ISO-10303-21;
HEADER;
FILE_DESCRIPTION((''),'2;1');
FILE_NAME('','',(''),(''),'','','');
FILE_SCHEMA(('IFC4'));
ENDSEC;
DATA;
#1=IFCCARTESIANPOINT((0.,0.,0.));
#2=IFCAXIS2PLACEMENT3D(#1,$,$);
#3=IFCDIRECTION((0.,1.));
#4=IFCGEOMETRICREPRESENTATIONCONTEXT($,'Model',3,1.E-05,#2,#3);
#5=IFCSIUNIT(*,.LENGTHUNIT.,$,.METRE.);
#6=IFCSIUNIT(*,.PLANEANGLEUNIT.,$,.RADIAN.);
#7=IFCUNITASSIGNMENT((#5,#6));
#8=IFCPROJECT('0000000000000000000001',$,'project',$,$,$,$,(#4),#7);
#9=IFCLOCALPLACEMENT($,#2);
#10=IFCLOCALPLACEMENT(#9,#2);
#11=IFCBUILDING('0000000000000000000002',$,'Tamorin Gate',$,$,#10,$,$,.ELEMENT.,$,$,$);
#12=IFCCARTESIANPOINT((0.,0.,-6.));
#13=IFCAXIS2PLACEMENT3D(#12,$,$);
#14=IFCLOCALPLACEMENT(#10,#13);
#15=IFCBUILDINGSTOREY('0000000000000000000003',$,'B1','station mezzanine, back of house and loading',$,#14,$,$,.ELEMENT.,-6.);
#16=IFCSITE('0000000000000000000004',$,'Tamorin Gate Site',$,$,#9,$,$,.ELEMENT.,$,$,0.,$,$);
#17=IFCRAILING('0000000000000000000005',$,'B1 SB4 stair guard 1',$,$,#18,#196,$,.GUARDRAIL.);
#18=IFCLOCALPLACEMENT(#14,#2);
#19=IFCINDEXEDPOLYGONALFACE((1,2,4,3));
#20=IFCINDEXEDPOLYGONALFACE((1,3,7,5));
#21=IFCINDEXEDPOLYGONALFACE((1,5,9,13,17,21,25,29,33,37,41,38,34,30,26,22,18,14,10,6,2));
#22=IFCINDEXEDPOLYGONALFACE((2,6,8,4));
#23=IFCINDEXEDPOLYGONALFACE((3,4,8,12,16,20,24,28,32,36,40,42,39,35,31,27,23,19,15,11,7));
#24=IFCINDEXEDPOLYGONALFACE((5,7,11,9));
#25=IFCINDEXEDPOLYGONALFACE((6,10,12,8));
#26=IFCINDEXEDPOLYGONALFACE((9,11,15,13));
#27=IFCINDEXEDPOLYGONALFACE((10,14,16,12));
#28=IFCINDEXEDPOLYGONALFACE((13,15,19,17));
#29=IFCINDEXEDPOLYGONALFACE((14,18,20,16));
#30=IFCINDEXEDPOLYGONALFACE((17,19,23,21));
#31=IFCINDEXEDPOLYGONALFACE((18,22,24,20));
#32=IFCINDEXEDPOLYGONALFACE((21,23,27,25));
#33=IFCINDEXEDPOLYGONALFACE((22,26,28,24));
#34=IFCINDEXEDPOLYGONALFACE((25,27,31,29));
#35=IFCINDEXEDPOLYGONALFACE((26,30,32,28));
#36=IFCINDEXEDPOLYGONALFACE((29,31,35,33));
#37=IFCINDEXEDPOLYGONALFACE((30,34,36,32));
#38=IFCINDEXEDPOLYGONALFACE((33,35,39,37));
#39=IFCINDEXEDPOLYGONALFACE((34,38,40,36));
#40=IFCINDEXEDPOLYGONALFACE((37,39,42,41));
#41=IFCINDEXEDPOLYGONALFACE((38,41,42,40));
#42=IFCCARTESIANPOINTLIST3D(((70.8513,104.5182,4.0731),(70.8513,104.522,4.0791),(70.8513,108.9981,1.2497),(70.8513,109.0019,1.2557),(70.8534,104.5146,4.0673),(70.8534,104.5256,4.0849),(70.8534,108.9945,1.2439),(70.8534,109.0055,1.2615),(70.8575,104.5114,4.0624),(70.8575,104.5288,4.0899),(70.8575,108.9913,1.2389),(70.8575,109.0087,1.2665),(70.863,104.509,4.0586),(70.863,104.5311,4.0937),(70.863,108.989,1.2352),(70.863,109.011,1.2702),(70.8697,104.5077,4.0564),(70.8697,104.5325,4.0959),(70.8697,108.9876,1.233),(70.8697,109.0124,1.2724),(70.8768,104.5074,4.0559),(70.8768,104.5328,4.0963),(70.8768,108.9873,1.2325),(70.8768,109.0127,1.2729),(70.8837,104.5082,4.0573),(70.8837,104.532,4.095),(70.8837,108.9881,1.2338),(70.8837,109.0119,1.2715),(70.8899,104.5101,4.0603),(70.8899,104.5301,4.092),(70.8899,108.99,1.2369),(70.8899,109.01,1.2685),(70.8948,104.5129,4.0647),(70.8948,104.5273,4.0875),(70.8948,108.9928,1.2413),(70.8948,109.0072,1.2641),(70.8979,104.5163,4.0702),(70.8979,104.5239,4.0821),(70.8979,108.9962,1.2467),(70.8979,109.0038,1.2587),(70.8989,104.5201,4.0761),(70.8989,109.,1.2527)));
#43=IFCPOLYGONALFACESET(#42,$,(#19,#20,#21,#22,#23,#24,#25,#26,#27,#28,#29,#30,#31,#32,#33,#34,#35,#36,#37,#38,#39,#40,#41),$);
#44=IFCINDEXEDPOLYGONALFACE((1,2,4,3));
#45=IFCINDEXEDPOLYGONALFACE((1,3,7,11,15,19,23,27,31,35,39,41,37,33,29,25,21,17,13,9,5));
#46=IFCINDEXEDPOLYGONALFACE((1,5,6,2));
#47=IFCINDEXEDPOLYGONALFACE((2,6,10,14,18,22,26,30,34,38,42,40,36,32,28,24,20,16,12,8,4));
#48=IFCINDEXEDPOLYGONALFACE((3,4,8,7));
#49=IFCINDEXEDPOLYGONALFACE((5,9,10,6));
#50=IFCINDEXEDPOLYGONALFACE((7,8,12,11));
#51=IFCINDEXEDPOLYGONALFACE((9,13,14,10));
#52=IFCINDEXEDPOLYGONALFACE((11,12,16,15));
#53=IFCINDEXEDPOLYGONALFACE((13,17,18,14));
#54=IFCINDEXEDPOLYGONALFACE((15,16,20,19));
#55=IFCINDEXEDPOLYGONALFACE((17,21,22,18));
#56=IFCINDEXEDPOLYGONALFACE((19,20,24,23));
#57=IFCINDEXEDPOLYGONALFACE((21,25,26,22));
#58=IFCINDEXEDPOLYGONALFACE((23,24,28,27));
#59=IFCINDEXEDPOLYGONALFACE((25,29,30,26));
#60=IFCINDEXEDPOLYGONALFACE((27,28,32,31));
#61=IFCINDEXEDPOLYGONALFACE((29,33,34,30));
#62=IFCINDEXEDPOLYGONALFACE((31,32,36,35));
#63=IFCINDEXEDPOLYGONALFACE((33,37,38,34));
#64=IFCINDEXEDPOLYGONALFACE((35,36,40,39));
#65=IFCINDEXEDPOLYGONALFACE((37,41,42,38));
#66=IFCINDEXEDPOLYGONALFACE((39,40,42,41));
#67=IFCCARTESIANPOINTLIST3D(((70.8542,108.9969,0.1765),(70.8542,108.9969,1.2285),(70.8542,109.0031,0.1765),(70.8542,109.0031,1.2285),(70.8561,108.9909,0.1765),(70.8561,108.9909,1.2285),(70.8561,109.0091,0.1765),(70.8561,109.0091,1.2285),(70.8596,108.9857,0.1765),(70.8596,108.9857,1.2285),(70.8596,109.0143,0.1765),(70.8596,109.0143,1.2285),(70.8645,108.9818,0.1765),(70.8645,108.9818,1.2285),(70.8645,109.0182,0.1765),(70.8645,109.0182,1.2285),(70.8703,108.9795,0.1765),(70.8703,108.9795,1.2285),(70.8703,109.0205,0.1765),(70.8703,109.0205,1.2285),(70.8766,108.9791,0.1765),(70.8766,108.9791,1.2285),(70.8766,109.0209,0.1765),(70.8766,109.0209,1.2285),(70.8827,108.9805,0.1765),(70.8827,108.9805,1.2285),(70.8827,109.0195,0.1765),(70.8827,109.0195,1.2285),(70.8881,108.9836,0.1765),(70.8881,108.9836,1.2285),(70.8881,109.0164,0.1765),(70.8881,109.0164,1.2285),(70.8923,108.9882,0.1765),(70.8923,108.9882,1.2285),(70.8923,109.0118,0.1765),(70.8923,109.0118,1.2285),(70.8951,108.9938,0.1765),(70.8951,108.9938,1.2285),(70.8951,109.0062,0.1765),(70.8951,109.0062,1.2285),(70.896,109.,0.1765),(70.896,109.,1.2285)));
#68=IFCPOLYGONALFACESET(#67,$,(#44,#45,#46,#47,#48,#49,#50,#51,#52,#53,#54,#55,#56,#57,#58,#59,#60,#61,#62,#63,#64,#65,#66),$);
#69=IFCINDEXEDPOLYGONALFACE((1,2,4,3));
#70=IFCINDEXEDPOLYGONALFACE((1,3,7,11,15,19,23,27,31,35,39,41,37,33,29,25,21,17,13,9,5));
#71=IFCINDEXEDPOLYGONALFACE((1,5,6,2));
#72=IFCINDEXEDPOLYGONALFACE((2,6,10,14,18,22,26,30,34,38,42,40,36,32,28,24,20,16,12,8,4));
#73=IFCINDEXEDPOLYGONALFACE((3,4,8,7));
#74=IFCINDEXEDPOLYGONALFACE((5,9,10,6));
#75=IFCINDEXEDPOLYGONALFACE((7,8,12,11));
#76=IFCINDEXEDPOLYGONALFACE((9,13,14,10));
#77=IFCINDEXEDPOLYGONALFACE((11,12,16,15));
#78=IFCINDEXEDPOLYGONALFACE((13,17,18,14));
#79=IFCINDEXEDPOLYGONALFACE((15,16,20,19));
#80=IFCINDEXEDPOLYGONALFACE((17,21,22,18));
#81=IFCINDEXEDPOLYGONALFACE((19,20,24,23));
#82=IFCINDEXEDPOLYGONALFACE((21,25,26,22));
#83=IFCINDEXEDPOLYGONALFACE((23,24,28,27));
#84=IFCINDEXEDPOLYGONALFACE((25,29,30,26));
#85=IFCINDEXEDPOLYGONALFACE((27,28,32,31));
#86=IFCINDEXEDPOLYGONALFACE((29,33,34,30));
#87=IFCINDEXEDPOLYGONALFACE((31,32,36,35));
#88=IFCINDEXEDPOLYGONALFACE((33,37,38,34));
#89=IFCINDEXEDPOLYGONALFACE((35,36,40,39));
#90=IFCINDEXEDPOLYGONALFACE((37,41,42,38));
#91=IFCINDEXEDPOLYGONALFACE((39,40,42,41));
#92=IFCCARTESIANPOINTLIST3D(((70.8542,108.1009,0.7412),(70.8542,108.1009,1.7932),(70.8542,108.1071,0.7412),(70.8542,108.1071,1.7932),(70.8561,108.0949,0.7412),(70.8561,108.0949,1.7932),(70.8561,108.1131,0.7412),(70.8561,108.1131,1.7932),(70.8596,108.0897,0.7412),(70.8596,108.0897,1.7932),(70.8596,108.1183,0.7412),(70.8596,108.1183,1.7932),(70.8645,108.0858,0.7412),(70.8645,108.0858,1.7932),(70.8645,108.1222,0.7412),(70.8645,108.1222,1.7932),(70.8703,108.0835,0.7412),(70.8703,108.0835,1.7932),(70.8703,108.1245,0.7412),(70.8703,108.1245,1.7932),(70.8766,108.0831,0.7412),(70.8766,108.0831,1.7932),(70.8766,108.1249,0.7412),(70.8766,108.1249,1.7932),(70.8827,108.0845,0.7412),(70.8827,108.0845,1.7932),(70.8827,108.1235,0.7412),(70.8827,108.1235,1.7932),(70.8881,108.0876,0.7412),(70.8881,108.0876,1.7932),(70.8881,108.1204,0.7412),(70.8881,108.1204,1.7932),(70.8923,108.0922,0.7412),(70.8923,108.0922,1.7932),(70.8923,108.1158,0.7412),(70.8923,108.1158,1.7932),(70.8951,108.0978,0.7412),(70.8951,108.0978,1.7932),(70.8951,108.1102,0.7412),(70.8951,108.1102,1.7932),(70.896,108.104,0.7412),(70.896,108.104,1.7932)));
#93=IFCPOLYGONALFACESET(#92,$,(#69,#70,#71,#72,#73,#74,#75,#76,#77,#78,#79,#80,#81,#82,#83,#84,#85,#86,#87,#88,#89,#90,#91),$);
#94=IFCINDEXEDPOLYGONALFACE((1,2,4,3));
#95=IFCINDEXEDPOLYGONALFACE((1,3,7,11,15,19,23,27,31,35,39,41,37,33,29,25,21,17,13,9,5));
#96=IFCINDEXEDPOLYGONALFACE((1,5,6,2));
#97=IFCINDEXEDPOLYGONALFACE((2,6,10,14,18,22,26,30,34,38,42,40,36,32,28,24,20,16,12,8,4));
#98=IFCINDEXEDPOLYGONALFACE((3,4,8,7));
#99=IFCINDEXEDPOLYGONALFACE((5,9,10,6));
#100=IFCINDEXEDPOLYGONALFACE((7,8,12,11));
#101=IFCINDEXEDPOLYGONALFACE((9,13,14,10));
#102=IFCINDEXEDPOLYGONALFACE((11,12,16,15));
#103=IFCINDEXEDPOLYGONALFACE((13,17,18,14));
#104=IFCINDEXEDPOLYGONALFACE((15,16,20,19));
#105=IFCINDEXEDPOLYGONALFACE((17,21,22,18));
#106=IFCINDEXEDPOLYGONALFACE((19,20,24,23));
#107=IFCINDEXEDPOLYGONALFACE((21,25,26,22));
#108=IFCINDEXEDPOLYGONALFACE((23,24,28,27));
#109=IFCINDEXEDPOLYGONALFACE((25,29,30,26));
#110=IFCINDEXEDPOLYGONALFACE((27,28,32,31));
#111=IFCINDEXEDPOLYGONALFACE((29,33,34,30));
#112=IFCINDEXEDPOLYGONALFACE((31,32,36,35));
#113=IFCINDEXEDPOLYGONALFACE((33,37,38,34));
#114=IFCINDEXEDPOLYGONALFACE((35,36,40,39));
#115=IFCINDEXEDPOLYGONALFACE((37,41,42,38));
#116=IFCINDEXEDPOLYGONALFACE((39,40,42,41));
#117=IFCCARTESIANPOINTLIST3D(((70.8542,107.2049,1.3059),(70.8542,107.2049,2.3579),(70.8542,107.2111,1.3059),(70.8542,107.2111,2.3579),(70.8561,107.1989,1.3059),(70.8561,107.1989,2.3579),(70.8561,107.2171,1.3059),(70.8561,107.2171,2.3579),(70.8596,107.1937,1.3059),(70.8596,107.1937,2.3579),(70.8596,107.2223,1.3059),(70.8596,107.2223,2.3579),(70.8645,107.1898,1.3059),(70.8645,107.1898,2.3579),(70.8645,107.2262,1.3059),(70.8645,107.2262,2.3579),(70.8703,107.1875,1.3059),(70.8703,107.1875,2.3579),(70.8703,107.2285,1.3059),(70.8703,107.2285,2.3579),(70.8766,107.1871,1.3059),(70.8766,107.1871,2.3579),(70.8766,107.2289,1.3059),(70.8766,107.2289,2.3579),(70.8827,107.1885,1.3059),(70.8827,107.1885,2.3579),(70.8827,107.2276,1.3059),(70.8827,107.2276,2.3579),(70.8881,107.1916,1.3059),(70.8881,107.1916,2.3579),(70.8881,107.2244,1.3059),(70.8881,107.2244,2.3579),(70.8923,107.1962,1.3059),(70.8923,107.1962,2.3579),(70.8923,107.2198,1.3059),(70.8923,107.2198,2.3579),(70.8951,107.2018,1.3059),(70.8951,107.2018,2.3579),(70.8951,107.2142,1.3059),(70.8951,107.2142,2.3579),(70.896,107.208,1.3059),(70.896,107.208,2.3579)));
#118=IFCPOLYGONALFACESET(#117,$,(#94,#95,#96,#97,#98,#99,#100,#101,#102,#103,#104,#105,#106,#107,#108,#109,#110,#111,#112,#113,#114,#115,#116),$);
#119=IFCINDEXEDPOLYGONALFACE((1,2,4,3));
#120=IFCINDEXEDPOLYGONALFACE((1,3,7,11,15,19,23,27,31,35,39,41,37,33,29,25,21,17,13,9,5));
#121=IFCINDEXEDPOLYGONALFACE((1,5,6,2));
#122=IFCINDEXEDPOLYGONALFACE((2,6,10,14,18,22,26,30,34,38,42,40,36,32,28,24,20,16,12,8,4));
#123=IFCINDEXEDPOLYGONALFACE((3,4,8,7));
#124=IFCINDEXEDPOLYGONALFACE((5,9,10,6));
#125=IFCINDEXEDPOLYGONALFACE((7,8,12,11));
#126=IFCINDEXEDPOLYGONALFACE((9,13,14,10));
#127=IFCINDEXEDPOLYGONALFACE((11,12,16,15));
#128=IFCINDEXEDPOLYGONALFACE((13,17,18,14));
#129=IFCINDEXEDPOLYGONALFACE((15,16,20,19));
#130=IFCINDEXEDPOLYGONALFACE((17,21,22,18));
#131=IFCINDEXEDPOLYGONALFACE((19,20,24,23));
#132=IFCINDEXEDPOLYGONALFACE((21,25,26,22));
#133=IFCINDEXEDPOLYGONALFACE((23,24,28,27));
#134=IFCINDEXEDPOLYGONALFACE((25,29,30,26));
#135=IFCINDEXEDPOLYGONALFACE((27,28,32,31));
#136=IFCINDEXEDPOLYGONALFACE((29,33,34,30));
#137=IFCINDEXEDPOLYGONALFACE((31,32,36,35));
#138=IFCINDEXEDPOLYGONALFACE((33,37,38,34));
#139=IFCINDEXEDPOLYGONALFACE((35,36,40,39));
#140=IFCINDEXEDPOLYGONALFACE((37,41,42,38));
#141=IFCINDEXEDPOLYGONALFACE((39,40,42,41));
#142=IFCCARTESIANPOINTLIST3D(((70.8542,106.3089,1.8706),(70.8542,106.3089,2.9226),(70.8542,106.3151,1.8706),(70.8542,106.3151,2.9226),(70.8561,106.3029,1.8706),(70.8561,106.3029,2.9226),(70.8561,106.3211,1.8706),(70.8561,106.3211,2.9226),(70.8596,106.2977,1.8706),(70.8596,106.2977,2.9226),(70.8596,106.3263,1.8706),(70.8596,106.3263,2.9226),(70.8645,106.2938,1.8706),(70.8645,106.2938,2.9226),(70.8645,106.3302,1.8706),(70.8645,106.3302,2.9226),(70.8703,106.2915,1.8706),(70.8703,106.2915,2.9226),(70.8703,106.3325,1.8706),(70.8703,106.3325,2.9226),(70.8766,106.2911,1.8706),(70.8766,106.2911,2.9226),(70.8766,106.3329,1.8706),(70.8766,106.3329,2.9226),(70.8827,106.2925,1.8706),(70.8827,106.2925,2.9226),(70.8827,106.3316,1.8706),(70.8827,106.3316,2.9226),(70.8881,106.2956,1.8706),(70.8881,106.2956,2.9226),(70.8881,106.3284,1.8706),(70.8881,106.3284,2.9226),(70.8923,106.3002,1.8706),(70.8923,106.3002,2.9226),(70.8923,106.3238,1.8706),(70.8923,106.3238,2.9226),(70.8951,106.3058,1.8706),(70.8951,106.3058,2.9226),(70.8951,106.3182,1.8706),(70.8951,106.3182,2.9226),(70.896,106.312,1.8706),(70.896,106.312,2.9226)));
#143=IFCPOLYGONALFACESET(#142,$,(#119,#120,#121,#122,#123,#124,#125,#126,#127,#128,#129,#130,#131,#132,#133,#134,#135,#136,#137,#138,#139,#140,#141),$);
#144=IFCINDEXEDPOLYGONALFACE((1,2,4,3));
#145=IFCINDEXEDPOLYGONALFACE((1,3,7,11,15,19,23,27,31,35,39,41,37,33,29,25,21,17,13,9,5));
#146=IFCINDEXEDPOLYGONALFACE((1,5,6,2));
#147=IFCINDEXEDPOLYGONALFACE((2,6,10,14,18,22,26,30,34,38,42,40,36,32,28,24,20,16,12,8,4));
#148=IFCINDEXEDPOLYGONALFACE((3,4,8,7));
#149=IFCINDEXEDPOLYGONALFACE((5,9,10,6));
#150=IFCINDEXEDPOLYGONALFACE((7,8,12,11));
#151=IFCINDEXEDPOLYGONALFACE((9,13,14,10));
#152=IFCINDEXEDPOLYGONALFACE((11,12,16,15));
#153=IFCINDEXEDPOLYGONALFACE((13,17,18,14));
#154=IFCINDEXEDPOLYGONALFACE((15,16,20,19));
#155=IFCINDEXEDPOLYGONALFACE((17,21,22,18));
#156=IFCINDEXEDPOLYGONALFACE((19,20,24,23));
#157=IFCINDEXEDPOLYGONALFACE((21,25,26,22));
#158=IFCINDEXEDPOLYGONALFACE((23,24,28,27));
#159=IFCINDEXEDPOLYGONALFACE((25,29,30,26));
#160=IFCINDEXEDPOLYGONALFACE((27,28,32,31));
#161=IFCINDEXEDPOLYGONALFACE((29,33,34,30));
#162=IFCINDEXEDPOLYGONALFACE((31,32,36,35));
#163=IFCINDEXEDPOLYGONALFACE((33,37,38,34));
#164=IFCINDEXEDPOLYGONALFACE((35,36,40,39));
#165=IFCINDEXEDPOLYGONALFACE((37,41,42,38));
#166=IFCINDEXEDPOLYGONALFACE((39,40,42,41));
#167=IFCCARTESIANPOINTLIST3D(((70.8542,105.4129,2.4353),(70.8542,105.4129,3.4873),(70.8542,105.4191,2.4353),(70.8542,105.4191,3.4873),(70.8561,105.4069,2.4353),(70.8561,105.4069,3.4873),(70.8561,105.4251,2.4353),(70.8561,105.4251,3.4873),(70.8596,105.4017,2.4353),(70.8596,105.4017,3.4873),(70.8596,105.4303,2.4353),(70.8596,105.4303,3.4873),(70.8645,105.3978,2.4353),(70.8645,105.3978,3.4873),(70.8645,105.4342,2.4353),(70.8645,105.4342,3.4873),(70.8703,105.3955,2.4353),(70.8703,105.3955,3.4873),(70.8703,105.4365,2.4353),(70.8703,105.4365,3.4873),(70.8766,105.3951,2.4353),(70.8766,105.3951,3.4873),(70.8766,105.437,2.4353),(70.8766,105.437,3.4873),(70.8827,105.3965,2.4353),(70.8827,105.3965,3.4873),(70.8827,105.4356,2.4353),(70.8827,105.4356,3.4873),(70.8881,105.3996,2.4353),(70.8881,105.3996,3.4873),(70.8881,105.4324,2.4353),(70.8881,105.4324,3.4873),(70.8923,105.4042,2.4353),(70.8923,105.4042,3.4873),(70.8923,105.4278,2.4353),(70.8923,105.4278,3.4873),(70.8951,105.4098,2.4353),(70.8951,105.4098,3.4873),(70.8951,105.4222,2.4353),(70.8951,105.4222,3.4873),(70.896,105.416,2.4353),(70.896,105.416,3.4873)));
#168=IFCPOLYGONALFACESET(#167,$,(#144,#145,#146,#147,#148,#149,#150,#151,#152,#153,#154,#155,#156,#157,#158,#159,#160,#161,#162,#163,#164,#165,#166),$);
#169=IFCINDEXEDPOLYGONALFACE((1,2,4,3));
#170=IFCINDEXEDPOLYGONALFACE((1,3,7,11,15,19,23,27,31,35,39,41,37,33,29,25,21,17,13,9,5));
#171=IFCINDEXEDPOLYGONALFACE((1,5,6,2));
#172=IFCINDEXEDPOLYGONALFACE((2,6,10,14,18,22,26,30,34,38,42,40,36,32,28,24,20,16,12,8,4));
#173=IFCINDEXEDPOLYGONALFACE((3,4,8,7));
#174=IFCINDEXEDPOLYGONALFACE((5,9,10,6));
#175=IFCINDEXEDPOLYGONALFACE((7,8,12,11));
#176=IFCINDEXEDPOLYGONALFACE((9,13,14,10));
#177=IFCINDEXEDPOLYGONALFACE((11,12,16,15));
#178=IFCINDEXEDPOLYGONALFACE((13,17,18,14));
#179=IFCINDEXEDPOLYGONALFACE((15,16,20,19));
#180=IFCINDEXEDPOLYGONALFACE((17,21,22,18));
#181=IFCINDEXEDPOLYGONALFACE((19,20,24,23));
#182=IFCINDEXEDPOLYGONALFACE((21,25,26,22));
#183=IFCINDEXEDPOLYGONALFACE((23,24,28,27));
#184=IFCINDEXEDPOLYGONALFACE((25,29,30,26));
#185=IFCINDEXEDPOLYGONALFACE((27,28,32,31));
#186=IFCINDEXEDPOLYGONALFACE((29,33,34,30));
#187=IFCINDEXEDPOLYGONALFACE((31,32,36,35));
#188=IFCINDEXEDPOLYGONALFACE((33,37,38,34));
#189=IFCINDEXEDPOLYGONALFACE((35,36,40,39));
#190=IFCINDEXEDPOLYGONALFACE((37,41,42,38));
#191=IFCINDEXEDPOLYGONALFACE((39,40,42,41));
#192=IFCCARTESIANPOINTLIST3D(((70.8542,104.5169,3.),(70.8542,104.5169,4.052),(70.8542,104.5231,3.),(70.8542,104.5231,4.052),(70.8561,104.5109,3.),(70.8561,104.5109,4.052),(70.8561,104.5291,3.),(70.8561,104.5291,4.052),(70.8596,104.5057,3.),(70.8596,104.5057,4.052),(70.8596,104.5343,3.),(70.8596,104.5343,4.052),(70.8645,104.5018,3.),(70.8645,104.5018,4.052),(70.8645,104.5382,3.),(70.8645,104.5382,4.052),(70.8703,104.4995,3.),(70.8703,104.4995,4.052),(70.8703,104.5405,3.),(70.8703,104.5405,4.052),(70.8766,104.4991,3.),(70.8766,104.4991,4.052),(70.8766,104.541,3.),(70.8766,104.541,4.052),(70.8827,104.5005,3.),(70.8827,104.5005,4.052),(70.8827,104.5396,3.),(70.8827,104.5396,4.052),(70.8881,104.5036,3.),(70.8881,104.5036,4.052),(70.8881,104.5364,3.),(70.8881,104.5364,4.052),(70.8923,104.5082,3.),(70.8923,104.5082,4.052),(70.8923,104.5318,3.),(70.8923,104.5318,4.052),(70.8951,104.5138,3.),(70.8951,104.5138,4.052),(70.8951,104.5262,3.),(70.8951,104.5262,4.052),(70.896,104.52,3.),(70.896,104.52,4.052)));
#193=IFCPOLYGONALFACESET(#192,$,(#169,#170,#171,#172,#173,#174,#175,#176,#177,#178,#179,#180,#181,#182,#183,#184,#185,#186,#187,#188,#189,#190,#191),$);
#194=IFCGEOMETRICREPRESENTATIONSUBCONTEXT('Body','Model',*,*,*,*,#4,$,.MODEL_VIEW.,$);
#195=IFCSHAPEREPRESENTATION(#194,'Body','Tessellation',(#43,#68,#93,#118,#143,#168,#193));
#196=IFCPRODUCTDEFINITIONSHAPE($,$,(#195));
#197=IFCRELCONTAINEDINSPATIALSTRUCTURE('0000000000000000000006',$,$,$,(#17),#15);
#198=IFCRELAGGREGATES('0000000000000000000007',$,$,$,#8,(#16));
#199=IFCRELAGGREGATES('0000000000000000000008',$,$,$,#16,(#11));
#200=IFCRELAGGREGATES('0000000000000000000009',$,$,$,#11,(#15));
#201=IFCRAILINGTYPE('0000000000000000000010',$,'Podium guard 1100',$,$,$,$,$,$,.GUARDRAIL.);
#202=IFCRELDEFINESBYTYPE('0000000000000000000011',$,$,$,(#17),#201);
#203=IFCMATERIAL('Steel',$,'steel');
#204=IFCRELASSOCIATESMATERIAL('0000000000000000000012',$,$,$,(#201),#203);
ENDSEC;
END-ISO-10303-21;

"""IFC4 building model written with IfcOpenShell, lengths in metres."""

from ifc_helpers import new_model, si_unit, direction, frame, origin, origin_2d, place, context, subcontext, project, spatial, circle, extrude, material, type_object, element, save


model = new_model("IFC4")

# Units and contexts
model_context = context("Model", 3, precision=1e-05, world=origin(), true_north=direction((0.0, 1.0)))
body_context = subcontext(model_context, "Body", "Model", "MODEL_VIEW")
ifc_project = project(units=[si_unit("LENGTHUNIT", "METRE"), si_unit("PLANEANGLEUNIT", "RADIAN")], contexts=[model_context])

# Site, building, storey
site_placement = place(None, origin())
site = spatial("IfcSite", under=ifc_project, at=site_placement, Name="Tamorin Gate Site", CompositionType="ELEMENT", RefElevation=0.0)
building_placement = place(site_placement, origin())
building = spatial("IfcBuilding", under=site, at=building_placement, Name="Tamorin Gate", CompositionType="ELEMENT")
storey_placement = place(building_placement, frame((0.0, 0.0, -6.0)))
storey = spatial("IfcBuildingStorey", under=building, at=storey_placement, Name="B1", Description="station mezzanine, back of house and loading", CompositionType="ELEMENT", Elevation=-6.0)

# Railing
ifc_material_1 = material(Name="Steel", Category="steel")
railing_type_1 = type_object("IfcRailingType", Name="Podium guard 1100", PredefinedType="GUARDRAIL", material=ifc_material_1)
railing_1_placement = place(storey_placement, frame((70.875, 109.0, 0.1765)))
element("IfcRailing", 1, at=railing_1_placement, inside=storey, type_object=railing_type_1, Name="B1 SB4 stair guard 1", PredefinedType="GUARDRAIL", context=body_context, shape_type="SweptSolid", body=[
    extrude(circle(Radius=0.0239, at=origin_2d()), frame((0.0, 0.0, 1.0762), z_axis=(0.0, -0.845998, 0.533186), x_axis=(1.0, 0.0, 0.0)), (0.0, 0.0, 1.0), 5.2954),
    extrude(circle(Radius=0.021, at=origin_2d()), origin(), (0.0, 0.0, 1.0), 1.052),
    extrude(circle(Radius=0.021, at=origin_2d()), frame((0.0, -0.896, 0.5647)), (0.0, 0.0, 1.0), 1.052),
    extrude(circle(Radius=0.021, at=origin_2d()), frame((0.0, -1.792, 1.1294)), (0.0, 0.0, 1.0), 1.052),
    extrude(circle(Radius=0.021, at=origin_2d()), frame((0.0, -2.688, 1.6941)), (0.0, 0.0, 1.0), 1.052),
    extrude(circle(Radius=0.021, at=origin_2d()), frame((0.0, -3.584, 2.2588)), (0.0, 0.0, 1.0), 1.052),
    extrude(circle(Radius=0.021, at=origin_2d()), frame((0.0, -4.48, 2.8235)), (0.0, 0.0, 1.0), 1.052),
])

save(model, "model.ifc")
